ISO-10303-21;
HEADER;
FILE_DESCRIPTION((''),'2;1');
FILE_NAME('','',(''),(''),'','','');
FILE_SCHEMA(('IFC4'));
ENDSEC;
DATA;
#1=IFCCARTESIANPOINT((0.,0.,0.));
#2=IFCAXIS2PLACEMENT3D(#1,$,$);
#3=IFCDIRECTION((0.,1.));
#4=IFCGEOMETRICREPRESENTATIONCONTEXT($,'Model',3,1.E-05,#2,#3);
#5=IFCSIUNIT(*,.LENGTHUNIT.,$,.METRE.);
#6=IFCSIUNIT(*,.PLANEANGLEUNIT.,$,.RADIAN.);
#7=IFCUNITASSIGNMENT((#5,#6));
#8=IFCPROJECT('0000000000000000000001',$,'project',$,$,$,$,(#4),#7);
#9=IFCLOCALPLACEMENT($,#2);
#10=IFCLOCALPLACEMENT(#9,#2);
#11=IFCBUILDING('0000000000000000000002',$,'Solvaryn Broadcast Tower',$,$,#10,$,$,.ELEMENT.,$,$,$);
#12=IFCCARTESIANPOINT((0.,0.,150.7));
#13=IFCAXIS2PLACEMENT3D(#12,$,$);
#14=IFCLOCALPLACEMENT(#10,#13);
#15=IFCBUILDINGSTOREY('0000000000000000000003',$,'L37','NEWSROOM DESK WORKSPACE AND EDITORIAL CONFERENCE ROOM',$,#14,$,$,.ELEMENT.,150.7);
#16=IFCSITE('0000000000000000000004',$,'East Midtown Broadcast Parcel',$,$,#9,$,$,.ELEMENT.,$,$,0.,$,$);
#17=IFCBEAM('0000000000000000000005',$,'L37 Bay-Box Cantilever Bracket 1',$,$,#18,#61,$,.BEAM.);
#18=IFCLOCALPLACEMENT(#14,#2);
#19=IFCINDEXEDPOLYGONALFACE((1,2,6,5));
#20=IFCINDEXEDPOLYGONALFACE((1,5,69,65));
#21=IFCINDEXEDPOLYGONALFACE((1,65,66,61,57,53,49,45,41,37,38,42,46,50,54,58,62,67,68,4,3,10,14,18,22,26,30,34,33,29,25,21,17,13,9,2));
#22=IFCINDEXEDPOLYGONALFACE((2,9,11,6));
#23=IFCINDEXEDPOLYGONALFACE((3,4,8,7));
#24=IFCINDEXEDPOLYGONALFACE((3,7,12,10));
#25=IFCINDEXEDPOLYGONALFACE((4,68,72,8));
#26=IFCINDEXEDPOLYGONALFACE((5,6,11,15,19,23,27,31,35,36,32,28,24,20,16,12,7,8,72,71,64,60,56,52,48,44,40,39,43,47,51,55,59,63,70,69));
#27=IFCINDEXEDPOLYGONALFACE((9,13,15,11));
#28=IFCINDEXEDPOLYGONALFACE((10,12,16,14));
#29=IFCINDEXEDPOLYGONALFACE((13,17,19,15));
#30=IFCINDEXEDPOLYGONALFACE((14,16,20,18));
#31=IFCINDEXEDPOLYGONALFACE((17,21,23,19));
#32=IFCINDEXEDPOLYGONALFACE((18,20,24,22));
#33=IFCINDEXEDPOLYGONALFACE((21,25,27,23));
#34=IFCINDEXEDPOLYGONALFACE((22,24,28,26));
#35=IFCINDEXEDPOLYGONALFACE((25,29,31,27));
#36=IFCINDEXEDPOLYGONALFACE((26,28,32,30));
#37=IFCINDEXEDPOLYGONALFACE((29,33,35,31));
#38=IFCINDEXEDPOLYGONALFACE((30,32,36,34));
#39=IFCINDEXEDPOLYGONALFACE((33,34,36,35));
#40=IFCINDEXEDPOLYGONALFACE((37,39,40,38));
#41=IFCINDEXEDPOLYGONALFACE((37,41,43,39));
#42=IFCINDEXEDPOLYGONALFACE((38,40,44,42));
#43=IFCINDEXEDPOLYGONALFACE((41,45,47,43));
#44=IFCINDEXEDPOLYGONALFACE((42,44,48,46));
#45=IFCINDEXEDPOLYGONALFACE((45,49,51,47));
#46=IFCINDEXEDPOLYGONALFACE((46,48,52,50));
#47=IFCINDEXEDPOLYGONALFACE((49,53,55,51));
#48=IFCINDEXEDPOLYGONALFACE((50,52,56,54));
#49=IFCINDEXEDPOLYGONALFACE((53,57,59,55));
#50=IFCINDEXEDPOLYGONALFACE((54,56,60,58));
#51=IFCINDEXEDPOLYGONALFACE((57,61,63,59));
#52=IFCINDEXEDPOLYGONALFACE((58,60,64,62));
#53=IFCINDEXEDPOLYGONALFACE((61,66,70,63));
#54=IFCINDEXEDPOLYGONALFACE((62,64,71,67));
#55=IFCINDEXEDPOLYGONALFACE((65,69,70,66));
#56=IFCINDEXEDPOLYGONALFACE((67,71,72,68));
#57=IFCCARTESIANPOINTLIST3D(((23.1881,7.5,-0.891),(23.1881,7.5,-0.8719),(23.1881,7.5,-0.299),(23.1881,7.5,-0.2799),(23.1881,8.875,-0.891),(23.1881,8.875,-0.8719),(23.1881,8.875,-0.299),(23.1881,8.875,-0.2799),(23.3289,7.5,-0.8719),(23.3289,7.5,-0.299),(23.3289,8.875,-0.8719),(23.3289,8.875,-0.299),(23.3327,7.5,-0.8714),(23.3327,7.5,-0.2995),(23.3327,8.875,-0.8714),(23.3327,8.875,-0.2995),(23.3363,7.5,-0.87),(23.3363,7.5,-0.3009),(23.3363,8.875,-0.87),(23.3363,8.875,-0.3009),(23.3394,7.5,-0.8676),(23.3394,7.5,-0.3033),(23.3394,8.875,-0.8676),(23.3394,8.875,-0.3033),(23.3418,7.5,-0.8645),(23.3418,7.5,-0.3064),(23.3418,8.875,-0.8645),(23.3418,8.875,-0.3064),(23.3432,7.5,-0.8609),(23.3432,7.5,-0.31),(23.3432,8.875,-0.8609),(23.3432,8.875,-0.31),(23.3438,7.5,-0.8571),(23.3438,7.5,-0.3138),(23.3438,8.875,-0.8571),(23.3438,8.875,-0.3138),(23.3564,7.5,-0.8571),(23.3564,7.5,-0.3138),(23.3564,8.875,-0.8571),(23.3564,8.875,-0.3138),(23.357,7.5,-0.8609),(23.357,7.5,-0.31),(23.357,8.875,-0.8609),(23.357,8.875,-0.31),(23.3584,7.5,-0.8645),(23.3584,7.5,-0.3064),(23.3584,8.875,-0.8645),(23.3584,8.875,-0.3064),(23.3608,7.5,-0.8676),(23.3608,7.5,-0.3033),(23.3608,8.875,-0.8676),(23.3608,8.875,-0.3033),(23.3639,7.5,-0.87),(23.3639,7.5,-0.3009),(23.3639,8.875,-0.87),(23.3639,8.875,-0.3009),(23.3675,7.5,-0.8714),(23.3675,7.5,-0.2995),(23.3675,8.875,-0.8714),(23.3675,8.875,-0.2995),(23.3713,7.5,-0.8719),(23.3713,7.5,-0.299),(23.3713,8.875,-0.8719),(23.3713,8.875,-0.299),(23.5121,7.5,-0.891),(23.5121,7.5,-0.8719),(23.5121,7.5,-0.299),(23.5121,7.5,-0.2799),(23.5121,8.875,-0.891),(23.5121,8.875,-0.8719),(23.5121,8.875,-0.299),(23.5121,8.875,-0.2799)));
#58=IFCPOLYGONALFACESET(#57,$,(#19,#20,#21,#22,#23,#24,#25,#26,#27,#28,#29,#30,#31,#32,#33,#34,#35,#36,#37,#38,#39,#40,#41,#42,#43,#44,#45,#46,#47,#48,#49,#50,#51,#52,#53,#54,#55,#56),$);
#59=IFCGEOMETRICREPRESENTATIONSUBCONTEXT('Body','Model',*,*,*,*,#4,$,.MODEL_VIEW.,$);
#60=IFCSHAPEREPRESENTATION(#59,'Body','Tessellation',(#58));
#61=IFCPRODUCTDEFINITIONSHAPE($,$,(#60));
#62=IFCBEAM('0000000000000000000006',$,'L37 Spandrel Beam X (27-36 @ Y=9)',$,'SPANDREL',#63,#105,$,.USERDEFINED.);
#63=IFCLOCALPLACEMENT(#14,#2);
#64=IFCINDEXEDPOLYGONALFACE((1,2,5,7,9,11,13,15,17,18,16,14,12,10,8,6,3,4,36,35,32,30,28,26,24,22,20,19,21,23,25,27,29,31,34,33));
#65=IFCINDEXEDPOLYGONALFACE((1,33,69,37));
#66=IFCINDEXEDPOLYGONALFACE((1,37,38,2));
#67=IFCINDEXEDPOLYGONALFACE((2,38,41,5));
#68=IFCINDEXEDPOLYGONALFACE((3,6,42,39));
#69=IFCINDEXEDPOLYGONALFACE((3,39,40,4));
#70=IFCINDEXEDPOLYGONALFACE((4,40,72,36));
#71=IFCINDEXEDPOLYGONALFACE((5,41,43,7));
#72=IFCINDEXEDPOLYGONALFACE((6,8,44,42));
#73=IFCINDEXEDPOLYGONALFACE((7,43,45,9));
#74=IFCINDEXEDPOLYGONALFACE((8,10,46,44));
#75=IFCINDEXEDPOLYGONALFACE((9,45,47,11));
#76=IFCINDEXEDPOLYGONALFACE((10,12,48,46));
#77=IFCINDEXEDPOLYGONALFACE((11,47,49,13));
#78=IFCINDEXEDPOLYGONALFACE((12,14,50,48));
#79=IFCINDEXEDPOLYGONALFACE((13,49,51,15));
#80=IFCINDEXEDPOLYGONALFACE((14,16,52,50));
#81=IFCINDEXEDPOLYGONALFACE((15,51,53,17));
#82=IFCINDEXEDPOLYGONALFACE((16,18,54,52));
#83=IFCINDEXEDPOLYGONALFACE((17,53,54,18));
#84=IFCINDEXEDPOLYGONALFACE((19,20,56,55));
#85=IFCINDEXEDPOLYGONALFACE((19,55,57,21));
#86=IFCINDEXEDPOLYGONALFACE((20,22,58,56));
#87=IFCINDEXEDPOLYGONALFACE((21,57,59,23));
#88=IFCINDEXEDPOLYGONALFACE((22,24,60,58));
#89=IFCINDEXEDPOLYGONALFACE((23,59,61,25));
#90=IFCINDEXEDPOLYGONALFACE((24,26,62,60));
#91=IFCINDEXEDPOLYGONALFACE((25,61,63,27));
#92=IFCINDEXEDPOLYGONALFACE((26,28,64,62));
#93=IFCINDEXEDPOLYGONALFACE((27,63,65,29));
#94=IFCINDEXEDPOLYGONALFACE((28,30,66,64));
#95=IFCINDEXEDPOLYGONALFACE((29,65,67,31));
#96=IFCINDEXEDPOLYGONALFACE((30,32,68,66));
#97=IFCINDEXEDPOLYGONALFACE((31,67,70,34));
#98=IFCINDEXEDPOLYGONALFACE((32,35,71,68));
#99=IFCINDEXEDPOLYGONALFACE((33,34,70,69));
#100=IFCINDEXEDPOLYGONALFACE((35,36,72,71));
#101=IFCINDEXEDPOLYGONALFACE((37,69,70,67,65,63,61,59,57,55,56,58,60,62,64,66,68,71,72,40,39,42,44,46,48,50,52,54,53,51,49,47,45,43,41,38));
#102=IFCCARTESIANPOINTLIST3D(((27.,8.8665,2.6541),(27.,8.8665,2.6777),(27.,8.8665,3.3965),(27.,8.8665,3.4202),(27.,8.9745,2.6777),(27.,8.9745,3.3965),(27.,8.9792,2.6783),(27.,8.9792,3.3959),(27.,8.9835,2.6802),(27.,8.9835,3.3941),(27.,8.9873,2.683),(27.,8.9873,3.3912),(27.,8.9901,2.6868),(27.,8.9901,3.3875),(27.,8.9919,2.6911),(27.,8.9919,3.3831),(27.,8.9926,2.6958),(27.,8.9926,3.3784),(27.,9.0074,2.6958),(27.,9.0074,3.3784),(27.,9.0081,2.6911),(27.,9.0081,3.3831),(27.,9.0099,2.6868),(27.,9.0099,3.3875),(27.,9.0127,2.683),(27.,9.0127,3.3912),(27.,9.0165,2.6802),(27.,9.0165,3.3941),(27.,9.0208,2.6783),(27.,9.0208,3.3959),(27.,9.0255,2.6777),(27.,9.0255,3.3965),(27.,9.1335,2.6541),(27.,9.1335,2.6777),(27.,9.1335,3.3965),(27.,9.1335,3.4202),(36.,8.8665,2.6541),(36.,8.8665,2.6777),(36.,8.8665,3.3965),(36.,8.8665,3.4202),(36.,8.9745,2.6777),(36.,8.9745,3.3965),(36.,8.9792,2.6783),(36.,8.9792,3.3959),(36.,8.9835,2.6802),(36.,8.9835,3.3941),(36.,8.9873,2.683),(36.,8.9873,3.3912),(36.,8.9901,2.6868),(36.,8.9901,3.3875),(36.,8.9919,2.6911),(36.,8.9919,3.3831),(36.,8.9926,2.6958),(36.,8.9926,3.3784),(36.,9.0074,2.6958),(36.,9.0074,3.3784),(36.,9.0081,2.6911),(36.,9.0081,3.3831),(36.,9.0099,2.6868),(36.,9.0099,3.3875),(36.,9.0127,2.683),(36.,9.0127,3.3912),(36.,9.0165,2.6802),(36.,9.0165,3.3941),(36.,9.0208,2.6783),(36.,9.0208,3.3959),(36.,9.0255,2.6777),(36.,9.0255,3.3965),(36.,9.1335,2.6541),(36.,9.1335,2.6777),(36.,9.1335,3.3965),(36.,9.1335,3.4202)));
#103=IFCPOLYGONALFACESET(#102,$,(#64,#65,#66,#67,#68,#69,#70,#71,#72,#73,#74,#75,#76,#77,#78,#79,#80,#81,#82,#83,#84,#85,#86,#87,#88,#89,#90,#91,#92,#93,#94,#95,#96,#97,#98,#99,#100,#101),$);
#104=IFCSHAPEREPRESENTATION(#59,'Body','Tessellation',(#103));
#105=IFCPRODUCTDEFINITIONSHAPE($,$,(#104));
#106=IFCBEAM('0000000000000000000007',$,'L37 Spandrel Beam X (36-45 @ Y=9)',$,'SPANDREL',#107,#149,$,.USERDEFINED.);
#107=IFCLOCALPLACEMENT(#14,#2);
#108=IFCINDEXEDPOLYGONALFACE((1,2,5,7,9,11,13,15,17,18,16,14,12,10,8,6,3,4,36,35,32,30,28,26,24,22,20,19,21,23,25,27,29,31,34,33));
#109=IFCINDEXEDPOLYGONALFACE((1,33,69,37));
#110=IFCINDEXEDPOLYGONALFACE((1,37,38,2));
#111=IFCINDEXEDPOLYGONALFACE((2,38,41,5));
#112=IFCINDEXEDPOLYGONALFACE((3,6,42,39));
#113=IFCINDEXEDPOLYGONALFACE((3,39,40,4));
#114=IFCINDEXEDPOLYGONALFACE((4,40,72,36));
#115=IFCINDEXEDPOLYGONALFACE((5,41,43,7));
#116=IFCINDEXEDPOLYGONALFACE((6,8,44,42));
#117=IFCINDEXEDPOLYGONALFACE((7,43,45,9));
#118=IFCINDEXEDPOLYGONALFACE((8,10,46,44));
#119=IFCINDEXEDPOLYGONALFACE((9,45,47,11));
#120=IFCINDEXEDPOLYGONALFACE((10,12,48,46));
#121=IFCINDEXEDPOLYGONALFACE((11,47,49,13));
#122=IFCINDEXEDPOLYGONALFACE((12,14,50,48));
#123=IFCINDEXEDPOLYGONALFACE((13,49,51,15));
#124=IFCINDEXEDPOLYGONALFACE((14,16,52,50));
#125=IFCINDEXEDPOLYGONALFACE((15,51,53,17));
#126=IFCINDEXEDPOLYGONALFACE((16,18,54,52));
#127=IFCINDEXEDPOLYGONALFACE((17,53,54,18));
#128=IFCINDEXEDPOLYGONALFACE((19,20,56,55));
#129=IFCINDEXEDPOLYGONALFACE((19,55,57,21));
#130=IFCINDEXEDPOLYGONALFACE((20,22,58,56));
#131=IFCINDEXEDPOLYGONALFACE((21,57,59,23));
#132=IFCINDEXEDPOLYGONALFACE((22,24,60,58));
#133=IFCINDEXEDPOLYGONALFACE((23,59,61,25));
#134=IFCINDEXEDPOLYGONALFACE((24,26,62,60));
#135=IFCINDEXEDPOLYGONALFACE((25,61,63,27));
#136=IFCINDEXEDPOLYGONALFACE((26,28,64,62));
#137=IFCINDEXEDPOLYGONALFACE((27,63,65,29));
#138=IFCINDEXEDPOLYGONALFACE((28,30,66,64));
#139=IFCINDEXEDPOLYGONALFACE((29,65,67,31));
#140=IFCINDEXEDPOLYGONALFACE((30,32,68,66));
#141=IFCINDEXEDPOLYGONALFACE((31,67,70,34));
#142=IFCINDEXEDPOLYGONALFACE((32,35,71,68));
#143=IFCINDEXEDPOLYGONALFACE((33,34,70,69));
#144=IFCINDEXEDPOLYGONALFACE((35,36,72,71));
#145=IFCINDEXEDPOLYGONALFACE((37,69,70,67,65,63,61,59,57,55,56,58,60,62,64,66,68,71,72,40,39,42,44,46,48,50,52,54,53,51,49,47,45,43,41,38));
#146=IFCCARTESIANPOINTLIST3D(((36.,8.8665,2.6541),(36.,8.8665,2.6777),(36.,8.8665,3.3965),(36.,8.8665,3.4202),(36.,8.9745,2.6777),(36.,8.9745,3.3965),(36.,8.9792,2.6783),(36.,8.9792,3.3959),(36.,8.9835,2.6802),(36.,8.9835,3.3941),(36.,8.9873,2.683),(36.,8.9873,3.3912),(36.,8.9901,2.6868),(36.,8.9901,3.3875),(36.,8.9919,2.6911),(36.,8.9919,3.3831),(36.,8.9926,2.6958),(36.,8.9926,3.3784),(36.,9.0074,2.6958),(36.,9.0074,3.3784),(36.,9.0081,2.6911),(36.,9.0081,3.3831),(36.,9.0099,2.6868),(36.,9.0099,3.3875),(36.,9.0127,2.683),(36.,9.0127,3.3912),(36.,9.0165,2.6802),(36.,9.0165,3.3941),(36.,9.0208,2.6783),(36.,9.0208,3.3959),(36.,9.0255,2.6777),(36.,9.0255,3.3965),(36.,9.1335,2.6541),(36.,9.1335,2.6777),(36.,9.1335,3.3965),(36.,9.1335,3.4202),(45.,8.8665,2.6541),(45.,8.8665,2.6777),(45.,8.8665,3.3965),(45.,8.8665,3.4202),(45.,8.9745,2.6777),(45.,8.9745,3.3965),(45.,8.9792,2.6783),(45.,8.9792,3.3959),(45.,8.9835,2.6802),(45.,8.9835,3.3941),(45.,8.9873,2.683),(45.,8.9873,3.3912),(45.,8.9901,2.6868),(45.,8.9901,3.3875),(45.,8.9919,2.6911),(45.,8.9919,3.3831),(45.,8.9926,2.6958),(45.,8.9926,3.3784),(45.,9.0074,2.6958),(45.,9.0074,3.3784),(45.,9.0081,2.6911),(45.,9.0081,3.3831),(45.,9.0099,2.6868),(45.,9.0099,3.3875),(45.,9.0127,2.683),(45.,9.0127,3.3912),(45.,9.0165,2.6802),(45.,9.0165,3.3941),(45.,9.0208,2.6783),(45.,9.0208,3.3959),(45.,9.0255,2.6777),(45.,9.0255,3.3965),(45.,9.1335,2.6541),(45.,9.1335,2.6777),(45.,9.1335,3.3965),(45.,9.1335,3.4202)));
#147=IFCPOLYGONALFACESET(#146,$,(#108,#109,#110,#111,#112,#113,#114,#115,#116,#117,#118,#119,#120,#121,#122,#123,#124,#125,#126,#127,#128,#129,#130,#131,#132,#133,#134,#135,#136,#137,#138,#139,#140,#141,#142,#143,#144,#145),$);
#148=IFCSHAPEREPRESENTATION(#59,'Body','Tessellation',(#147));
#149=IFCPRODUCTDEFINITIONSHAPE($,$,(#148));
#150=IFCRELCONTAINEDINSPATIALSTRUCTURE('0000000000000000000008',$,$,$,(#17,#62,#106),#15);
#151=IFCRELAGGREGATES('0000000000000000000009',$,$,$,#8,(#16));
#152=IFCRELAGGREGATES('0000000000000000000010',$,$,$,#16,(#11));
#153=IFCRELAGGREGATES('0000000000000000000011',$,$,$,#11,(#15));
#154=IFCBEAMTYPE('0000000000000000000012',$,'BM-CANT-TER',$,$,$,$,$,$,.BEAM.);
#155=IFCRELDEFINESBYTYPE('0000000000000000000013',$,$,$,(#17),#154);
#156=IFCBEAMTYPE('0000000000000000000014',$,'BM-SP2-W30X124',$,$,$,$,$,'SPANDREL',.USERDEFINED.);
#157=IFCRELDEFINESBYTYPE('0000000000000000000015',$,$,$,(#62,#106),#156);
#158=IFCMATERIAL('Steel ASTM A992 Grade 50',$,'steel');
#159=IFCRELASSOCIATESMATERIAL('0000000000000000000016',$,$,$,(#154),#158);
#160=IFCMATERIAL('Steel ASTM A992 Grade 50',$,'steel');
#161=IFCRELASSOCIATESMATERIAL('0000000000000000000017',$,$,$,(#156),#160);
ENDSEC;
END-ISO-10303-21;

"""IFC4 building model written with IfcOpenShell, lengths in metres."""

from ifc_helpers import new_model, si_unit, direction, frame, origin, origin_2d, place, context, subcontext, project, spatial, i_section, extrude, material, material_profile, profile_set, type_object, element, save


model = new_model("IFC4")

# Units and contexts
model_context = context("Model", 3, precision=1e-05, world=origin(), true_north=direction((0.0, 1.0)))
body_context = subcontext(model_context, "Body", "Model", "MODEL_VIEW")
ifc_project = project(units=[si_unit("LENGTHUNIT", "METRE"), si_unit("PLANEANGLEUNIT", "RADIAN")], contexts=[model_context])

# Site, building, storey
site_placement = place(None, origin())
site = spatial("IfcSite", under=ifc_project, at=site_placement, Name="East Midtown Broadcast Parcel", CompositionType="ELEMENT", RefElevation=0.0)
building_placement = place(site_placement, origin())
building = spatial("IfcBuilding", under=site, at=building_placement, Name="Solvaryn Broadcast Tower", CompositionType="ELEMENT")
storey_placement = place(building_placement, frame((0.0, 0.0, 150.7)))
storey = spatial("IfcBuildingStorey", under=building, at=storey_placement, Name="L37", Description="NEWSROOM DESK WORKSPACE AND EDITORIAL CONFERENCE ROOM", CompositionType="ELEMENT", Elevation=150.7)

# Beams
ifc_material_1 = material(Name="Steel ASTM A992 Grade 50", Category="steel")
ifc_material_profile_1 = material_profile(ifc_material_1, i_section(OverallWidth=0.324, OverallDepth=0.6111, WebThickness=0.0127, FlangeThickness=0.019, FilletRadius=0.0149, at=origin_2d()))
ifc_profile_set_1 = profile_set([ifc_material_profile_1], Name="Steel ASTM A992 Grade 50")
beam_type_1 = type_object("IfcBeamType", Name="BM-CANT-TER", PredefinedType="BEAM", material=ifc_profile_set_1)
beam_1_placement = place(storey_placement, frame((23.3501, 8.875, -0.5854), z_axis=(0.0, -1.0, 0.0), x_axis=(1.0, 0.0, 0.0)))
element("IfcBeam", 1, at=beam_1_placement, inside=storey, type_object=beam_type_1, Name="L37 Bay-Box Cantilever Bracket 1", PredefinedType="BEAM", context=body_context, shape_type="SweptSolid", body=[
    extrude(i_section(OverallWidth=0.324, OverallDepth=0.6111, WebThickness=0.0127, FlangeThickness=0.019, FilletRadius=0.0149, at=origin_2d()), origin(), (0.0, 0.0, 1.0), 1.375),
])
ifc_material_2 = material(Name="Steel ASTM A992 Grade 50", Category="steel")
ifc_material_profile_2 = material_profile(ifc_material_2, i_section(OverallWidth=0.2671, OverallDepth=0.7661, WebThickness=0.0149, FlangeThickness=0.0237, FilletRadius=0.0181, at=origin_2d()))
ifc_profile_set_2 = profile_set([ifc_material_profile_2], Name="Steel ASTM A992 Grade 50")
beam_type_2 = type_object("IfcBeamType", Name="BM-SP2-W30X124", ElementType="SPANDREL", PredefinedType="USERDEFINED", material=ifc_profile_set_2)
for number, where, z_axis, x_axis, name in (
    (2, (27.0, 9.0, 3.0371), (1.0, 0.0, 0.0), (0.0, 1.0, 0.0), "L37 Spandrel Beam X (27-36 @ Y=9)"),
    (3, (36.0, 9.0, 3.0371), (1.0, 0.0, 0.0), (0.0, 1.0, 0.0), "L37 Spandrel Beam X (36-45 @ Y=9)"),
):
    element("IfcBeam", number, at=place(storey_placement, frame(where, z_axis=z_axis, x_axis=x_axis)), inside=storey, type_object=beam_type_2, Name=name, ObjectType="SPANDREL", PredefinedType="USERDEFINED", context=body_context, shape_type="SweptSolid", body=[
        extrude(i_section(OverallWidth=0.2671, OverallDepth=0.7661, WebThickness=0.0149, FlangeThickness=0.0237, FilletRadius=0.0181, at=origin_2d()), origin(), (0.0, 0.0, 1.0), 9.0),
    ])

save(model, "model.ifc")
